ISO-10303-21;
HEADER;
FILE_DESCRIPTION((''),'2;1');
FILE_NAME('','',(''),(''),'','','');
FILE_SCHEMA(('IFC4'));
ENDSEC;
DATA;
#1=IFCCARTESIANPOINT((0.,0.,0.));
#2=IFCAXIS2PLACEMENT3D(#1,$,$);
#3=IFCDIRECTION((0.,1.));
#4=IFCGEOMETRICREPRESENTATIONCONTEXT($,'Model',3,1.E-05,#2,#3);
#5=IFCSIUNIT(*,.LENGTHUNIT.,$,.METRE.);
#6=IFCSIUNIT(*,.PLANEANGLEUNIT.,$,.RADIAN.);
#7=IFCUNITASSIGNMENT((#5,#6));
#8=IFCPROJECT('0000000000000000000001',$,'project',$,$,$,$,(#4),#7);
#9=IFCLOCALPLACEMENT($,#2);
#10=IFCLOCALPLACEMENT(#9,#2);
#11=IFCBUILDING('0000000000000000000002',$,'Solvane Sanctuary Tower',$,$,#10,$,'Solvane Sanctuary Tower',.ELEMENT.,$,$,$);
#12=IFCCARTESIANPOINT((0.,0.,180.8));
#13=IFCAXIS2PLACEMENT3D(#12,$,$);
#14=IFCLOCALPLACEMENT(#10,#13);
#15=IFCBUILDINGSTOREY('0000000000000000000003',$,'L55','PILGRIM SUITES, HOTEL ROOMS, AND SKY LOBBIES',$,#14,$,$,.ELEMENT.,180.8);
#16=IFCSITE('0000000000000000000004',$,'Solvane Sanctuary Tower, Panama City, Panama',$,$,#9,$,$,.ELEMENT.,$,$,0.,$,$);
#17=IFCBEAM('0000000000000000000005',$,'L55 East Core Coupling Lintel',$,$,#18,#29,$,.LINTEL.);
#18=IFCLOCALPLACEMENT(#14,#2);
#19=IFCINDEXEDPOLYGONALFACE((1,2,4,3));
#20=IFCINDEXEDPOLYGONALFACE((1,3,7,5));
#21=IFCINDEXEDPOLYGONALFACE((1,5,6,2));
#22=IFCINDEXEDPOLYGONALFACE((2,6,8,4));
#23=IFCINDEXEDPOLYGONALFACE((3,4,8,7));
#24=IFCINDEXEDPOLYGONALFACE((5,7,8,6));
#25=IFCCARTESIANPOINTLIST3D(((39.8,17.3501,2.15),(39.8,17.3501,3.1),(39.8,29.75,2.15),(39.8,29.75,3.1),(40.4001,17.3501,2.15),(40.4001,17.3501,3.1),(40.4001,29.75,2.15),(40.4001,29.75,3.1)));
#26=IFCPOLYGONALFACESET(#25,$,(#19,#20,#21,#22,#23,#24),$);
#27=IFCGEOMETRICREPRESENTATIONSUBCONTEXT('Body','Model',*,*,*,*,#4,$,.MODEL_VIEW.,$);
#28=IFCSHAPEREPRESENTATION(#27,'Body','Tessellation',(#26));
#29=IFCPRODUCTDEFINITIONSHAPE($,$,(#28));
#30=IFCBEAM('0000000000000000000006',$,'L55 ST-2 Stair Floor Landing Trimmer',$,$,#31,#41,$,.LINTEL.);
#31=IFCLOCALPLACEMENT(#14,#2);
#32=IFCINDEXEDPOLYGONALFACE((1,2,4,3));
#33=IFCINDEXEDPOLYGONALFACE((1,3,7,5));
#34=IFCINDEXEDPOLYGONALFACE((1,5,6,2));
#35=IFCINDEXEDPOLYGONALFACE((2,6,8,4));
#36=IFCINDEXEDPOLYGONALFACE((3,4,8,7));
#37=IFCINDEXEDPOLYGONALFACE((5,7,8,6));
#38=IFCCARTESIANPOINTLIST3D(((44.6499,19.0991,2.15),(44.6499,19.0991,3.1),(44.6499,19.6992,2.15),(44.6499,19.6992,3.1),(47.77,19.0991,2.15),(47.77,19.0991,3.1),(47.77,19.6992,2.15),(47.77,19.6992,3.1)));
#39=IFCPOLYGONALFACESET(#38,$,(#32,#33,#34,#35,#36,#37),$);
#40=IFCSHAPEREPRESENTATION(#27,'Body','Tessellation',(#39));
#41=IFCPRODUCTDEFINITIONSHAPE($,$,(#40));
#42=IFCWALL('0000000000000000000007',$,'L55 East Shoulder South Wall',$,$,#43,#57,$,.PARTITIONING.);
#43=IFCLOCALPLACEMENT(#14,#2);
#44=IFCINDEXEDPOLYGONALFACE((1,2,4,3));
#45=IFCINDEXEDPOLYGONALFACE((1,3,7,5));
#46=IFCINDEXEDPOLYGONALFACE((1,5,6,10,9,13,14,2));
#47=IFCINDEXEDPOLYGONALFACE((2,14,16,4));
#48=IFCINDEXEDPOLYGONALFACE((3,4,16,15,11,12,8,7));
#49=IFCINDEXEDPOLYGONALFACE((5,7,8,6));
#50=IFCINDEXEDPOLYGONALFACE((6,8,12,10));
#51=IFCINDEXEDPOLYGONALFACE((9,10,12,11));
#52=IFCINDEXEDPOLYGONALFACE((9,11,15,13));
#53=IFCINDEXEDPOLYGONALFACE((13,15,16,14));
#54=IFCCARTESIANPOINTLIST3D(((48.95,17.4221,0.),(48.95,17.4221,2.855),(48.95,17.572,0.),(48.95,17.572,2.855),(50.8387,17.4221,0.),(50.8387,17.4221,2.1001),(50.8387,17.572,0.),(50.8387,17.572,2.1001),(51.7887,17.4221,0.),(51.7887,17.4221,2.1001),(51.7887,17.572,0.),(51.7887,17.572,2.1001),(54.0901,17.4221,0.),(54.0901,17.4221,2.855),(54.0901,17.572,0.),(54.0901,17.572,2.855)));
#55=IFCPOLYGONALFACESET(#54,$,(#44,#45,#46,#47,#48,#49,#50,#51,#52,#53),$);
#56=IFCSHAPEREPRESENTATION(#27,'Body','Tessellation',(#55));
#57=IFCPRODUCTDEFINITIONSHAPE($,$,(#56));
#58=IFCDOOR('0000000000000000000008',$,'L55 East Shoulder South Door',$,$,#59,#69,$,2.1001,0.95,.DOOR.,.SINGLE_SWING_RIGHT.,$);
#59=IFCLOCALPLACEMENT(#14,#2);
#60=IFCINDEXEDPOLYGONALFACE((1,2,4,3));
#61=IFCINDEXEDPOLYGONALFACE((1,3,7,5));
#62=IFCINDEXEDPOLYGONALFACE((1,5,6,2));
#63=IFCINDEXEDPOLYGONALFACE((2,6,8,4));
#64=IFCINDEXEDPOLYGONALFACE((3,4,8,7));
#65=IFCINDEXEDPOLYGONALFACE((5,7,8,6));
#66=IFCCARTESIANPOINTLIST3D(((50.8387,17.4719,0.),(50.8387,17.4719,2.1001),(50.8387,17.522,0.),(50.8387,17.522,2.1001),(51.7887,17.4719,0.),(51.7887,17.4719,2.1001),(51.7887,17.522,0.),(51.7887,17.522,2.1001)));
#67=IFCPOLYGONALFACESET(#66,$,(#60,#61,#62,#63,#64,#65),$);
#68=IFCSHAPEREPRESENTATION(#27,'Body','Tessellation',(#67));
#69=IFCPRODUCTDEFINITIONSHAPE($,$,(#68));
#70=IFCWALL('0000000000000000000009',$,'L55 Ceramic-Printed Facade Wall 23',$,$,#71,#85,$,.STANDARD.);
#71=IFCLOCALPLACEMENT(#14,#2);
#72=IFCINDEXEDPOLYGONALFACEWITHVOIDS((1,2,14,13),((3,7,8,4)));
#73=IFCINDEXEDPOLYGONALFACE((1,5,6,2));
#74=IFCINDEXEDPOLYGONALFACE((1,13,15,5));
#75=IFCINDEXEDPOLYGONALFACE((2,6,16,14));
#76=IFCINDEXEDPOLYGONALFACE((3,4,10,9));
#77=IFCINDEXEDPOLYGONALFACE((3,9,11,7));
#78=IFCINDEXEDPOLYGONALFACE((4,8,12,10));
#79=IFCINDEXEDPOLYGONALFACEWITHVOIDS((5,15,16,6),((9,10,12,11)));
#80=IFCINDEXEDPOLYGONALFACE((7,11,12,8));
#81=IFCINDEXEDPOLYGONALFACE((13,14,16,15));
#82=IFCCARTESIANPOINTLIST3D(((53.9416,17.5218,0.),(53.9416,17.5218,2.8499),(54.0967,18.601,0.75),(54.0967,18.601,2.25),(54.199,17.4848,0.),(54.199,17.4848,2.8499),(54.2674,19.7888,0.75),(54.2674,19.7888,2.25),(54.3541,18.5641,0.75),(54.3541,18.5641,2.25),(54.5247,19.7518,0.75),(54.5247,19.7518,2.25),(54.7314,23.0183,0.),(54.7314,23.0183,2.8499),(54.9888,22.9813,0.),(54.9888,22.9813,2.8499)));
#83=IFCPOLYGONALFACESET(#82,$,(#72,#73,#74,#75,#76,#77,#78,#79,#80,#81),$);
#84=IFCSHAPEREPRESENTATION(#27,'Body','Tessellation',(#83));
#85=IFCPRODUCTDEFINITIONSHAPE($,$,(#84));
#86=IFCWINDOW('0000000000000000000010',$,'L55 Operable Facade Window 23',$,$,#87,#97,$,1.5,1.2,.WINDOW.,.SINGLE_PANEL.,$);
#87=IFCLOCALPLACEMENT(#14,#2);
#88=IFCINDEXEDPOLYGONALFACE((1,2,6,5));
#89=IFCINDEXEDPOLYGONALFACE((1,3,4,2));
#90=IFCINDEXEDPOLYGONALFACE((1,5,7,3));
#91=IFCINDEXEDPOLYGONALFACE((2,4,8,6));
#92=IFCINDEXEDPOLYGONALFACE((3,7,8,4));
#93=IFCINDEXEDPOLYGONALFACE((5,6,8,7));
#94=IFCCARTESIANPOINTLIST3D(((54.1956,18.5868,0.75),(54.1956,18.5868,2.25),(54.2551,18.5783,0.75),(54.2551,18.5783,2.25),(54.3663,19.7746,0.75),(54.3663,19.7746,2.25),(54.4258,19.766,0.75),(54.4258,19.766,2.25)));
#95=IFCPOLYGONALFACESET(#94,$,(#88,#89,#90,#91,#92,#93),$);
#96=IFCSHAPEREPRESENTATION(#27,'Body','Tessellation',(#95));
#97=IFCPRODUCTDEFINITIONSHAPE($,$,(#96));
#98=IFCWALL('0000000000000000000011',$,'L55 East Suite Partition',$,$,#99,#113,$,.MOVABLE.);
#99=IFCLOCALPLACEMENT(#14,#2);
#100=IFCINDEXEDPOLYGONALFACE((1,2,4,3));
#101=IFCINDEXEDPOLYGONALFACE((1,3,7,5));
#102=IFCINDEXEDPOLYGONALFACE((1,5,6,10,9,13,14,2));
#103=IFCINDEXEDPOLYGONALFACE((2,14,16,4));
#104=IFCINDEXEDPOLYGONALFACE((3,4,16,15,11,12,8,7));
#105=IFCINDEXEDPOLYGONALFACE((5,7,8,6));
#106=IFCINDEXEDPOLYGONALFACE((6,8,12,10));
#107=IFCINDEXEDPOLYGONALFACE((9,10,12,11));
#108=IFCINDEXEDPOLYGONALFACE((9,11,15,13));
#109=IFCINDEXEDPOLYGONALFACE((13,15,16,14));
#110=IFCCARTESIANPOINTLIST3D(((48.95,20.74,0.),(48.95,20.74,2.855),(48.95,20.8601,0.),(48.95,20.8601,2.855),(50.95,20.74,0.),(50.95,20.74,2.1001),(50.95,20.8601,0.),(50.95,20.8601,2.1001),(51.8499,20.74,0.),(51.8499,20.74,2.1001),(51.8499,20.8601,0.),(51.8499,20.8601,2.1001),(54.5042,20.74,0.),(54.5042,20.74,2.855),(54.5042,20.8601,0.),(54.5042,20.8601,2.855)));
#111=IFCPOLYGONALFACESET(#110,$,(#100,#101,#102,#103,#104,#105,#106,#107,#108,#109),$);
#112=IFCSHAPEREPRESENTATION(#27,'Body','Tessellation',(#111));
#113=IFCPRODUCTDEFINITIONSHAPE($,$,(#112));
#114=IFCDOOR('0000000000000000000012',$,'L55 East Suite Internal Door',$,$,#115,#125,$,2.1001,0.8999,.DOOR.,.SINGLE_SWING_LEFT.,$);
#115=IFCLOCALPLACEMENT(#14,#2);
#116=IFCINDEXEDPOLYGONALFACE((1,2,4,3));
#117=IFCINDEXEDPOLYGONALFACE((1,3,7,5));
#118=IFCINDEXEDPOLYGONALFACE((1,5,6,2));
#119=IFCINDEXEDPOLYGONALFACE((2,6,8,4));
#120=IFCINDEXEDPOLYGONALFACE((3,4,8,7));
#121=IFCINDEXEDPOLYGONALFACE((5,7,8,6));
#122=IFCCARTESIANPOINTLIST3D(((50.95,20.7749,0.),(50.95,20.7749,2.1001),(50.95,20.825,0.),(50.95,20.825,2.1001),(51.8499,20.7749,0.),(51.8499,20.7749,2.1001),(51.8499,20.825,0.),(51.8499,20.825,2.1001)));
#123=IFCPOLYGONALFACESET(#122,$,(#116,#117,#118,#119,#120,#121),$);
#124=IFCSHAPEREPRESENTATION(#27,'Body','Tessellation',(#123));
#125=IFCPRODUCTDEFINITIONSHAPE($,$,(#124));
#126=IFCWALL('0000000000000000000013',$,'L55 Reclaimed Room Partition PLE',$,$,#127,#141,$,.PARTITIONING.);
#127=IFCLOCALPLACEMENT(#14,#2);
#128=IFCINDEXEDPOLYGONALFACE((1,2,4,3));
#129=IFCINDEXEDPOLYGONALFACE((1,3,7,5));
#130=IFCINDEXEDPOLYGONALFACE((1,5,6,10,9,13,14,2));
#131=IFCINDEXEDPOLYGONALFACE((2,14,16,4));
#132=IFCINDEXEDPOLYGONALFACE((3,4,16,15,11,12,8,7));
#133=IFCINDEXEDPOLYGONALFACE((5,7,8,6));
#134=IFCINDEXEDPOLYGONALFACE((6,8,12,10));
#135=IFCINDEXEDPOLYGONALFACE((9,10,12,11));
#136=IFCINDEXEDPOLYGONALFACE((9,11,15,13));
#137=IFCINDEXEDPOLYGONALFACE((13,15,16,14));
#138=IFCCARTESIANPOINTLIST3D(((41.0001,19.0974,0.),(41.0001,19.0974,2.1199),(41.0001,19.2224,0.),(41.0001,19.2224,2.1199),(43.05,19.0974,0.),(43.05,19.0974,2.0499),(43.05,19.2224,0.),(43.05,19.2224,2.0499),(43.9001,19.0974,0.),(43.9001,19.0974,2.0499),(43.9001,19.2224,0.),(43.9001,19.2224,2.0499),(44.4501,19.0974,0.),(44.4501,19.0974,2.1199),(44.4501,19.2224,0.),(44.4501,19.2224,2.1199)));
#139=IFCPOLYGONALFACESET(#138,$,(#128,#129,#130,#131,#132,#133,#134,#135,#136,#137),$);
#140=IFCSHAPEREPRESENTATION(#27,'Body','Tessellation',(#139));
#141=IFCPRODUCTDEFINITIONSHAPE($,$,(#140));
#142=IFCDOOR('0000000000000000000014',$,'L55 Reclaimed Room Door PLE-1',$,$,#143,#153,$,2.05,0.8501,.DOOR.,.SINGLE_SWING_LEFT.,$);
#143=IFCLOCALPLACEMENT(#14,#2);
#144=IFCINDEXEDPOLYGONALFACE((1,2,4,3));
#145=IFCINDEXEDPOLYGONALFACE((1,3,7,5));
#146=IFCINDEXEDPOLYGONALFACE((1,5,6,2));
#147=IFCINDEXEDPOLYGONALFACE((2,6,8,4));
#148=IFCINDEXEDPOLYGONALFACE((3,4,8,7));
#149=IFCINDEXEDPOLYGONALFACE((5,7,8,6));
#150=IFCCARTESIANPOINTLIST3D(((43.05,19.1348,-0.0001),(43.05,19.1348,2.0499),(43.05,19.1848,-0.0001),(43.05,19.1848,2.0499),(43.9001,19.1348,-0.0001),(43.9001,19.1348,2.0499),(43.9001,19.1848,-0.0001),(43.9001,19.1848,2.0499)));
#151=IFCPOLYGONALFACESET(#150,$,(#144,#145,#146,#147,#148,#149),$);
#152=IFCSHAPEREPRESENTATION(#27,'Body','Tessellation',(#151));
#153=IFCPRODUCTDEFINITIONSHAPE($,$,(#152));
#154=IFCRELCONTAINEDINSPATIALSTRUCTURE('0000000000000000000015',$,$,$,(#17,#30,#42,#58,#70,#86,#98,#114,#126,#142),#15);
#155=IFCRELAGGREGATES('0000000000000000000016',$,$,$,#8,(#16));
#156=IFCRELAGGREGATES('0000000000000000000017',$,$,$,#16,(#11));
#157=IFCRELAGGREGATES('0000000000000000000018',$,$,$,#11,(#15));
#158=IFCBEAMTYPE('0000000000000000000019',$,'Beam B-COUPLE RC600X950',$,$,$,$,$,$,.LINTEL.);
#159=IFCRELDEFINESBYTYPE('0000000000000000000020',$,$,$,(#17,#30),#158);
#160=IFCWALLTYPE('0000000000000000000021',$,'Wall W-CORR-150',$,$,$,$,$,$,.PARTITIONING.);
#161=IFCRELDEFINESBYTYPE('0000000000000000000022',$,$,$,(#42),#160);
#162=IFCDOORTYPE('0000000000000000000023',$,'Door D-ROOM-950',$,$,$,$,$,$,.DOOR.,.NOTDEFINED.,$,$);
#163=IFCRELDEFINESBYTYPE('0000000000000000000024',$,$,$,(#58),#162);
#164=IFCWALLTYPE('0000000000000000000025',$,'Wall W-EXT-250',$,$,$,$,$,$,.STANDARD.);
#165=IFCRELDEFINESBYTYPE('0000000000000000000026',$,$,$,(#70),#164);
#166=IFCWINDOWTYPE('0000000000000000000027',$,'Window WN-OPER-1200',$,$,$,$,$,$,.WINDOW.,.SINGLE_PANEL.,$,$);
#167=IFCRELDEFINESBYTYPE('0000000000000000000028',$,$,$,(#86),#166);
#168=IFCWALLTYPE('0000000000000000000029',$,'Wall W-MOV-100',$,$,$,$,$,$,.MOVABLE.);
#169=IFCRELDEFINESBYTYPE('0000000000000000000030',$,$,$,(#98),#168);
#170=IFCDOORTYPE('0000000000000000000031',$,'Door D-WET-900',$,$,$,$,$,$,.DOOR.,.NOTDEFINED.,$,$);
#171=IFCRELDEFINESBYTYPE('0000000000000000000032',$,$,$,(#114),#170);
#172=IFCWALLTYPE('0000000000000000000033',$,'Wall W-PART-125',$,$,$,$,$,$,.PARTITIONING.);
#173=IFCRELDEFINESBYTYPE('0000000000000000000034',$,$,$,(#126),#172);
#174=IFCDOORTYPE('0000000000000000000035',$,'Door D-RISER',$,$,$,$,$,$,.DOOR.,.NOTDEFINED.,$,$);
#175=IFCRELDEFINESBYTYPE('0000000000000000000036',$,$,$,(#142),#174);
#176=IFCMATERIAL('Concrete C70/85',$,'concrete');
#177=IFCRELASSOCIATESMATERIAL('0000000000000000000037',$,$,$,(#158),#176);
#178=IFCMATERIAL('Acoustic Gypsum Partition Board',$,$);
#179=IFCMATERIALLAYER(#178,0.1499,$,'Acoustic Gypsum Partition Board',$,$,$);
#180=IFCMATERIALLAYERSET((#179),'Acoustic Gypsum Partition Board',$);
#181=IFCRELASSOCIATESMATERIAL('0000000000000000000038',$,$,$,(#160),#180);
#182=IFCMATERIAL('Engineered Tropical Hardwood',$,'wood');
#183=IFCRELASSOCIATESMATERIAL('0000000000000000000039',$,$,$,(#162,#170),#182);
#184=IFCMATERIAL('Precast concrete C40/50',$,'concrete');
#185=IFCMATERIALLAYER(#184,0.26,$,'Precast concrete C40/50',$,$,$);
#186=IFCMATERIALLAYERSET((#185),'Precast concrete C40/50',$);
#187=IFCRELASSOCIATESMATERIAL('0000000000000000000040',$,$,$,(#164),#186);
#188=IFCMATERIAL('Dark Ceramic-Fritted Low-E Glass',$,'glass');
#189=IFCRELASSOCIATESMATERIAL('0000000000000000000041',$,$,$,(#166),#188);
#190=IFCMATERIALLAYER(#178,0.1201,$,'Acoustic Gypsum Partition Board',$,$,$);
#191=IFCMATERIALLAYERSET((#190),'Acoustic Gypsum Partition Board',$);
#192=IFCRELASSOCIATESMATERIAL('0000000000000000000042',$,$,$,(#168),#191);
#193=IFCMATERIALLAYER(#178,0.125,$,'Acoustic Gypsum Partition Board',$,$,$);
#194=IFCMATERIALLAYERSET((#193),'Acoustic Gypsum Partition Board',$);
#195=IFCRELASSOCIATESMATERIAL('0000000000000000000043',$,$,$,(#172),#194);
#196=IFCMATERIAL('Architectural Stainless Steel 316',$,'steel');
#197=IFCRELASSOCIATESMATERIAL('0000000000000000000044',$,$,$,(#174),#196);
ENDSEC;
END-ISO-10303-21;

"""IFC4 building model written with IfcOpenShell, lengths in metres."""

from ifc_helpers import new_model, si_unit, direction, frame, frame_2d, origin, origin_2d, place, context, subcontext, project, spatial, rectangle, extrude, material, layer, layer_set, material_profile, profile_set, type_object, element, fill, save


model = new_model("IFC4")

# Units and contexts
model_context = context("Model", 3, precision=1e-05, world=origin(), true_north=direction((0.0, 1.0)))
body_context = subcontext(model_context, "Body", "Model", "MODEL_VIEW")
ifc_project = project(units=[si_unit("LENGTHUNIT", "METRE"), si_unit("PLANEANGLEUNIT", "RADIAN")], contexts=[model_context])

# Site, building, storey
site_placement = place(None, origin())
site = spatial("IfcSite", under=ifc_project, at=site_placement, Name="Solvane Sanctuary Tower, Panama City, Panama", CompositionType="ELEMENT", RefElevation=0.0)
building_placement = place(site_placement, origin())
building = spatial("IfcBuilding", under=site, at=building_placement, Name="Solvane Sanctuary Tower", LongName="Solvane Sanctuary Tower", CompositionType="ELEMENT")
storey_placement = place(building_placement, frame((0.0, 0.0, 180.8)))
storey = spatial("IfcBuildingStorey", under=building, at=storey_placement, Name="L55", Description="PILGRIM SUITES, HOTEL ROOMS, AND SKY LOBBIES", CompositionType="ELEMENT", Elevation=180.8)

# Beams
ifc_material_1 = material(Name="Concrete C70/85", Category="concrete")
ifc_material_profile = material_profile(ifc_material_1, rectangle(XDim=0.6001, YDim=0.95, at=origin_2d()), Name="RC600X950")
ifc_profile_set = profile_set([ifc_material_profile], Name="Concrete C70/85")
beam_type = type_object("IfcBeamType", Name="Beam B-COUPLE RC600X950", PredefinedType="LINTEL", material=ifc_profile_set)
beam_1_placement = place(storey_placement, frame((40.1001, 17.3501, 2.625), z_axis=(0.0, 1.0, 0.0), x_axis=(-1.0, 0.0, 0.0)))
element("IfcBeam", 1, at=beam_1_placement, inside=storey, type_object=beam_type, Name="L55 East Core Coupling Lintel", PredefinedType="LINTEL", context=body_context, shape_type="SweptSolid", body=[
    extrude(rectangle(XDim=0.6001, YDim=0.95, at=origin_2d()), origin(), (0.0, 0.0, 1.0), 12.3999),
])
beam_2_placement = place(storey_placement, frame((44.6499, 19.3992, 2.625), z_axis=(1.0, 0.0, 0.0), x_axis=(0.0, 1.0, 0.0)))
element("IfcBeam", 2, at=beam_2_placement, inside=storey, type_object=beam_type, Name="L55 ST-2 Stair Floor Landing Trimmer", PredefinedType="LINTEL", context=body_context, shape_type="SweptSolid", body=[
    extrude(rectangle(XDim=0.6001, YDim=0.95, at=origin_2d()), origin(), (0.0, 0.0, 1.0), 3.1201),
])

# Wall, opening, door
ifc_material_2 = material(Name="Acoustic Gypsum Partition Board")
ifc_layer_1 = layer(ifc_material_2, 0.1499, Name="Acoustic Gypsum Partition Board")
ifc_layer_set_1 = layer_set([ifc_layer_1], Name="Acoustic Gypsum Partition Board")
wall_type_1 = type_object("IfcWallType", Name="Wall W-CORR-150", PredefinedType="PARTITIONING", material=ifc_layer_set_1)
wall_1_placement = place(storey_placement, frame((48.95, 17.4971, 0.0), z_axis=(0.0, 0.0, 1.0), x_axis=(1.0, 0.0, 0.0)))
wall_1 = element("IfcWall", 3, at=wall_1_placement, inside=storey, type_object=wall_type_1, Name="L55 East Shoulder South Wall", PredefinedType="PARTITIONING", context=body_context, shape_type="SweptSolid", body=[
    extrude(rectangle(XDim=5.1401, YDim=0.1499, at=frame_2d((2.5701, 0.0))), origin(), (0.0, 0.0, 1.0), 2.855),
])
opening_1_placement = place(wall_1_placement, frame((1.8887, 0.0, 0.0)))
opening_1 = element("IfcOpeningElement", 4, at=opening_1_placement, cuts=wall_1, PredefinedType="OPENING", context=body_context, shape_type="SweptSolid", body=[
    extrude(rectangle(XDim=0.95, YDim=2.1001, at=frame_2d((0.4751, 1.05))), frame((0.0, 0.085, 0.0), z_axis=(0.0, -1.0, 0.0), x_axis=(1.0, 0.0, 0.0)), (0.0, 0.0, 1.0), 0.1699),
])
ifc_material_3 = material(Name="Engineered Tropical Hardwood", Category="wood")
door_type_1 = type_object("IfcDoorType", Name="Door D-ROOM-950", OperationType="NOTDEFINED", PredefinedType="DOOR", material=ifc_material_3)
door_1_placement = place(opening_1_placement, origin())
door_1 = element("IfcDoor", 5, at=door_1_placement, inside=storey, type_object=door_type_1, Name="L55 East Shoulder South Door", OperationType="SINGLE_SWING_RIGHT", OverallHeight=2.1001, OverallWidth=0.95, PredefinedType="DOOR", context=body_context, shape_type="SweptSolid", body=[
    extrude(rectangle(XDim=0.95, YDim=2.1001, at=frame_2d((0.4751, 1.05))), frame((0.0, 0.0249, 0.0), z_axis=(0.0, -1.0, 0.0), x_axis=(1.0, 0.0, 0.0)), (0.0, 0.0, 1.0), 0.05),
])
fill(opening_1, door_1)

# Wall, opening, window
ifc_material_4 = material(Name="Precast concrete C40/50", Category="concrete")
ifc_layer_2 = layer(ifc_material_4, 0.26, Name="Precast concrete C40/50")
ifc_layer_set_2 = layer_set([ifc_layer_2], Name="Precast concrete C40/50")
wall_type_2 = type_object("IfcWallType", Name="Wall W-EXT-250", PredefinedType="STANDARD", material=ifc_layer_set_2)
wall_2_placement = place(storey_placement, frame((54.0703, 17.5034, 0.0), z_axis=(0.0, 0.0, 1.0), x_axis=(0.142228, 0.989834, 0.0)))
wall_2 = element("IfcWall", 6, at=wall_2_placement, inside=storey, type_object=wall_type_2, Name="L55 Ceramic-Printed Facade Wall 23", PredefinedType="STANDARD", context=body_context, shape_type="SweptSolid", body=[
    extrude(rectangle(XDim=5.553, YDim=0.26, at=frame_2d((2.7764, 0.0))), origin(), (0.0, 0.0, 1.0), 2.8499),
])
opening_2_placement = place(wall_2_placement, frame((1.0901, 0.0, 0.75)))
opening_2 = element("IfcOpeningElement", 7, at=opening_2_placement, cuts=wall_2, PredefinedType="OPENING", context=body_context, shape_type="SweptSolid", body=[
    extrude(rectangle(XDim=1.2, YDim=1.5, at=frame_2d((0.6001, 0.75))), frame((0.0, 0.1399, 0.0), z_axis=(0.0, -1.0, 0.0), x_axis=(1.0, 0.0, 0.0)), (0.0, 0.0, 1.0), 0.28),
])
ifc_material_5 = material(Name="Dark Ceramic-Fritted Low-E Glass", Category="glass")
window_type = type_object("IfcWindowType", Name="Window WN-OPER-1200", PartitioningType="SINGLE_PANEL", PredefinedType="WINDOW", material=ifc_material_5)
window_placement = place(opening_2_placement, origin())
window = element("IfcWindow", 8, at=window_placement, inside=storey, type_object=window_type, Name="L55 Operable Facade Window 23", OverallHeight=1.5, OverallWidth=1.2, PartitioningType="SINGLE_PANEL", PredefinedType="WINDOW", context=body_context, shape_type="SweptSolid", body=[
    extrude(rectangle(XDim=1.2, YDim=1.5, at=frame_2d((0.6001, 0.75))), frame((0.0, 0.03, 0.0), z_axis=(0.0, -1.0, 0.0), x_axis=(1.0, 0.0, 0.0)), (0.0, 0.0, 1.0), 0.0601),
])
fill(opening_2, window)

# Walls, openings, doors
ifc_layer_3 = layer(ifc_material_2, 0.1201, Name="Acoustic Gypsum Partition Board")
ifc_layer_set_3 = layer_set([ifc_layer_3], Name="Acoustic Gypsum Partition Board")
wall_type_3 = type_object("IfcWallType", Name="Wall W-MOV-100", PredefinedType="MOVABLE", material=ifc_layer_set_3)
wall_3_placement = place(storey_placement, frame((48.95, 20.8, 0.0), z_axis=(0.0, 0.0, 1.0), x_axis=(1.0, 0.0, 0.0)))
wall_3 = element("IfcWall", 9, at=wall_3_placement, inside=storey, type_object=wall_type_3, Name="L55 East Suite Partition", PredefinedType="MOVABLE", context=body_context, shape_type="SweptSolid", body=[
    extrude(rectangle(XDim=5.5542, YDim=0.1201, at=frame_2d((2.7771, 0.0))), origin(), (0.0, 0.0, 1.0), 2.855),
])
opening_3_placement = place(wall_3_placement, frame((2.0, 0.0, 0.0)))
opening_3 = element("IfcOpeningElement", 10, at=opening_3_placement, cuts=wall_3, PredefinedType="OPENING", context=body_context, shape_type="SweptSolid", body=[
    extrude(rectangle(XDim=0.8999, YDim=2.1001, at=frame_2d((0.45, 1.05))), frame((0.0, 0.0701, 0.0), z_axis=(0.0, -1.0, 0.0), x_axis=(1.0, 0.0, 0.0)), (0.0, 0.0, 1.0), 0.1401),
])
door_type_2 = type_object("IfcDoorType", Name="Door D-WET-900", OperationType="NOTDEFINED", PredefinedType="DOOR", material=ifc_material_3)
door_2_placement = place(opening_3_placement, origin())
door_2 = element("IfcDoor", 11, at=door_2_placement, inside=storey, type_object=door_type_2, Name="L55 East Suite Internal Door", OperationType="SINGLE_SWING_LEFT", OverallHeight=2.1001, OverallWidth=0.8999, PredefinedType="DOOR", context=body_context, shape_type="SweptSolid", body=[
    extrude(rectangle(XDim=0.8999, YDim=2.1001, at=frame_2d((0.45, 1.05))), frame((0.0, 0.0249, 0.0), z_axis=(0.0, -1.0, 0.0), x_axis=(1.0, 0.0, 0.0)), (0.0, 0.0, 1.0), 0.05),
])
fill(opening_3, door_2)
ifc_layer_4 = layer(ifc_material_2, 0.125, Name="Acoustic Gypsum Partition Board")
ifc_layer_set_4 = layer_set([ifc_layer_4], Name="Acoustic Gypsum Partition Board")
wall_type_4 = type_object("IfcWallType", Name="Wall W-PART-125", PredefinedType="PARTITIONING", material=ifc_layer_set_4)
wall_4_placement = place(storey_placement, frame((41.0, 19.1599, 0.0), z_axis=(0.0, 0.0, 1.0), x_axis=(1.0, 0.0, 0.0)))
wall_4 = element("IfcWall", 12, at=wall_4_placement, inside=storey, type_object=wall_type_4, Name="L55 Reclaimed Room Partition PLE", PredefinedType="PARTITIONING", context=body_context, shape_type="SweptSolid", body=[
    extrude(rectangle(XDim=3.45, YDim=0.125, at=frame_2d((1.7251, 0.0))), origin(), (0.0, 0.0, 1.0), 2.1199),
])
opening_4_placement = place(wall_4_placement, frame((2.05, 0.0, 0.0)))
opening_4 = element("IfcOpeningElement", 13, at=opening_4_placement, cuts=wall_4, PredefinedType="OPENING", context=body_context, shape_type="SweptSolid", body=[
    extrude(rectangle(XDim=0.8501, YDim=2.05, at=frame_2d((0.425, 1.0249))), frame((0.0, 0.0725, 0.0), z_axis=(0.0, -1.0, 0.0), x_axis=(1.0, 0.0, 0.0)), (0.0, 0.0, 1.0), 0.145),
])
ifc_material_6 = material(Name="Architectural Stainless Steel 316", Category="steel")
door_type_3 = type_object("IfcDoorType", Name="Door D-RISER", OperationType="NOTDEFINED", PredefinedType="DOOR", material=ifc_material_6)
door_3_placement = place(opening_4_placement, origin())
door_3 = element("IfcDoor", 14, at=door_3_placement, inside=storey, type_object=door_type_3, Name="L55 Reclaimed Room Door PLE-1", OperationType="SINGLE_SWING_LEFT", OverallHeight=2.05, OverallWidth=0.8501, PredefinedType="DOOR", context=body_context, shape_type="SweptSolid", body=[
    extrude(rectangle(XDim=0.8501, YDim=2.05, at=frame_2d((0.425, 1.0249))), frame((0.0, 0.0249, 0.0), z_axis=(0.0, -1.0, 0.0), x_axis=(1.0, 0.0, 0.0)), (0.0, 0.0, 1.0), 0.05),
])
fill(opening_4, door_3)

save(model, "model.ifc")
